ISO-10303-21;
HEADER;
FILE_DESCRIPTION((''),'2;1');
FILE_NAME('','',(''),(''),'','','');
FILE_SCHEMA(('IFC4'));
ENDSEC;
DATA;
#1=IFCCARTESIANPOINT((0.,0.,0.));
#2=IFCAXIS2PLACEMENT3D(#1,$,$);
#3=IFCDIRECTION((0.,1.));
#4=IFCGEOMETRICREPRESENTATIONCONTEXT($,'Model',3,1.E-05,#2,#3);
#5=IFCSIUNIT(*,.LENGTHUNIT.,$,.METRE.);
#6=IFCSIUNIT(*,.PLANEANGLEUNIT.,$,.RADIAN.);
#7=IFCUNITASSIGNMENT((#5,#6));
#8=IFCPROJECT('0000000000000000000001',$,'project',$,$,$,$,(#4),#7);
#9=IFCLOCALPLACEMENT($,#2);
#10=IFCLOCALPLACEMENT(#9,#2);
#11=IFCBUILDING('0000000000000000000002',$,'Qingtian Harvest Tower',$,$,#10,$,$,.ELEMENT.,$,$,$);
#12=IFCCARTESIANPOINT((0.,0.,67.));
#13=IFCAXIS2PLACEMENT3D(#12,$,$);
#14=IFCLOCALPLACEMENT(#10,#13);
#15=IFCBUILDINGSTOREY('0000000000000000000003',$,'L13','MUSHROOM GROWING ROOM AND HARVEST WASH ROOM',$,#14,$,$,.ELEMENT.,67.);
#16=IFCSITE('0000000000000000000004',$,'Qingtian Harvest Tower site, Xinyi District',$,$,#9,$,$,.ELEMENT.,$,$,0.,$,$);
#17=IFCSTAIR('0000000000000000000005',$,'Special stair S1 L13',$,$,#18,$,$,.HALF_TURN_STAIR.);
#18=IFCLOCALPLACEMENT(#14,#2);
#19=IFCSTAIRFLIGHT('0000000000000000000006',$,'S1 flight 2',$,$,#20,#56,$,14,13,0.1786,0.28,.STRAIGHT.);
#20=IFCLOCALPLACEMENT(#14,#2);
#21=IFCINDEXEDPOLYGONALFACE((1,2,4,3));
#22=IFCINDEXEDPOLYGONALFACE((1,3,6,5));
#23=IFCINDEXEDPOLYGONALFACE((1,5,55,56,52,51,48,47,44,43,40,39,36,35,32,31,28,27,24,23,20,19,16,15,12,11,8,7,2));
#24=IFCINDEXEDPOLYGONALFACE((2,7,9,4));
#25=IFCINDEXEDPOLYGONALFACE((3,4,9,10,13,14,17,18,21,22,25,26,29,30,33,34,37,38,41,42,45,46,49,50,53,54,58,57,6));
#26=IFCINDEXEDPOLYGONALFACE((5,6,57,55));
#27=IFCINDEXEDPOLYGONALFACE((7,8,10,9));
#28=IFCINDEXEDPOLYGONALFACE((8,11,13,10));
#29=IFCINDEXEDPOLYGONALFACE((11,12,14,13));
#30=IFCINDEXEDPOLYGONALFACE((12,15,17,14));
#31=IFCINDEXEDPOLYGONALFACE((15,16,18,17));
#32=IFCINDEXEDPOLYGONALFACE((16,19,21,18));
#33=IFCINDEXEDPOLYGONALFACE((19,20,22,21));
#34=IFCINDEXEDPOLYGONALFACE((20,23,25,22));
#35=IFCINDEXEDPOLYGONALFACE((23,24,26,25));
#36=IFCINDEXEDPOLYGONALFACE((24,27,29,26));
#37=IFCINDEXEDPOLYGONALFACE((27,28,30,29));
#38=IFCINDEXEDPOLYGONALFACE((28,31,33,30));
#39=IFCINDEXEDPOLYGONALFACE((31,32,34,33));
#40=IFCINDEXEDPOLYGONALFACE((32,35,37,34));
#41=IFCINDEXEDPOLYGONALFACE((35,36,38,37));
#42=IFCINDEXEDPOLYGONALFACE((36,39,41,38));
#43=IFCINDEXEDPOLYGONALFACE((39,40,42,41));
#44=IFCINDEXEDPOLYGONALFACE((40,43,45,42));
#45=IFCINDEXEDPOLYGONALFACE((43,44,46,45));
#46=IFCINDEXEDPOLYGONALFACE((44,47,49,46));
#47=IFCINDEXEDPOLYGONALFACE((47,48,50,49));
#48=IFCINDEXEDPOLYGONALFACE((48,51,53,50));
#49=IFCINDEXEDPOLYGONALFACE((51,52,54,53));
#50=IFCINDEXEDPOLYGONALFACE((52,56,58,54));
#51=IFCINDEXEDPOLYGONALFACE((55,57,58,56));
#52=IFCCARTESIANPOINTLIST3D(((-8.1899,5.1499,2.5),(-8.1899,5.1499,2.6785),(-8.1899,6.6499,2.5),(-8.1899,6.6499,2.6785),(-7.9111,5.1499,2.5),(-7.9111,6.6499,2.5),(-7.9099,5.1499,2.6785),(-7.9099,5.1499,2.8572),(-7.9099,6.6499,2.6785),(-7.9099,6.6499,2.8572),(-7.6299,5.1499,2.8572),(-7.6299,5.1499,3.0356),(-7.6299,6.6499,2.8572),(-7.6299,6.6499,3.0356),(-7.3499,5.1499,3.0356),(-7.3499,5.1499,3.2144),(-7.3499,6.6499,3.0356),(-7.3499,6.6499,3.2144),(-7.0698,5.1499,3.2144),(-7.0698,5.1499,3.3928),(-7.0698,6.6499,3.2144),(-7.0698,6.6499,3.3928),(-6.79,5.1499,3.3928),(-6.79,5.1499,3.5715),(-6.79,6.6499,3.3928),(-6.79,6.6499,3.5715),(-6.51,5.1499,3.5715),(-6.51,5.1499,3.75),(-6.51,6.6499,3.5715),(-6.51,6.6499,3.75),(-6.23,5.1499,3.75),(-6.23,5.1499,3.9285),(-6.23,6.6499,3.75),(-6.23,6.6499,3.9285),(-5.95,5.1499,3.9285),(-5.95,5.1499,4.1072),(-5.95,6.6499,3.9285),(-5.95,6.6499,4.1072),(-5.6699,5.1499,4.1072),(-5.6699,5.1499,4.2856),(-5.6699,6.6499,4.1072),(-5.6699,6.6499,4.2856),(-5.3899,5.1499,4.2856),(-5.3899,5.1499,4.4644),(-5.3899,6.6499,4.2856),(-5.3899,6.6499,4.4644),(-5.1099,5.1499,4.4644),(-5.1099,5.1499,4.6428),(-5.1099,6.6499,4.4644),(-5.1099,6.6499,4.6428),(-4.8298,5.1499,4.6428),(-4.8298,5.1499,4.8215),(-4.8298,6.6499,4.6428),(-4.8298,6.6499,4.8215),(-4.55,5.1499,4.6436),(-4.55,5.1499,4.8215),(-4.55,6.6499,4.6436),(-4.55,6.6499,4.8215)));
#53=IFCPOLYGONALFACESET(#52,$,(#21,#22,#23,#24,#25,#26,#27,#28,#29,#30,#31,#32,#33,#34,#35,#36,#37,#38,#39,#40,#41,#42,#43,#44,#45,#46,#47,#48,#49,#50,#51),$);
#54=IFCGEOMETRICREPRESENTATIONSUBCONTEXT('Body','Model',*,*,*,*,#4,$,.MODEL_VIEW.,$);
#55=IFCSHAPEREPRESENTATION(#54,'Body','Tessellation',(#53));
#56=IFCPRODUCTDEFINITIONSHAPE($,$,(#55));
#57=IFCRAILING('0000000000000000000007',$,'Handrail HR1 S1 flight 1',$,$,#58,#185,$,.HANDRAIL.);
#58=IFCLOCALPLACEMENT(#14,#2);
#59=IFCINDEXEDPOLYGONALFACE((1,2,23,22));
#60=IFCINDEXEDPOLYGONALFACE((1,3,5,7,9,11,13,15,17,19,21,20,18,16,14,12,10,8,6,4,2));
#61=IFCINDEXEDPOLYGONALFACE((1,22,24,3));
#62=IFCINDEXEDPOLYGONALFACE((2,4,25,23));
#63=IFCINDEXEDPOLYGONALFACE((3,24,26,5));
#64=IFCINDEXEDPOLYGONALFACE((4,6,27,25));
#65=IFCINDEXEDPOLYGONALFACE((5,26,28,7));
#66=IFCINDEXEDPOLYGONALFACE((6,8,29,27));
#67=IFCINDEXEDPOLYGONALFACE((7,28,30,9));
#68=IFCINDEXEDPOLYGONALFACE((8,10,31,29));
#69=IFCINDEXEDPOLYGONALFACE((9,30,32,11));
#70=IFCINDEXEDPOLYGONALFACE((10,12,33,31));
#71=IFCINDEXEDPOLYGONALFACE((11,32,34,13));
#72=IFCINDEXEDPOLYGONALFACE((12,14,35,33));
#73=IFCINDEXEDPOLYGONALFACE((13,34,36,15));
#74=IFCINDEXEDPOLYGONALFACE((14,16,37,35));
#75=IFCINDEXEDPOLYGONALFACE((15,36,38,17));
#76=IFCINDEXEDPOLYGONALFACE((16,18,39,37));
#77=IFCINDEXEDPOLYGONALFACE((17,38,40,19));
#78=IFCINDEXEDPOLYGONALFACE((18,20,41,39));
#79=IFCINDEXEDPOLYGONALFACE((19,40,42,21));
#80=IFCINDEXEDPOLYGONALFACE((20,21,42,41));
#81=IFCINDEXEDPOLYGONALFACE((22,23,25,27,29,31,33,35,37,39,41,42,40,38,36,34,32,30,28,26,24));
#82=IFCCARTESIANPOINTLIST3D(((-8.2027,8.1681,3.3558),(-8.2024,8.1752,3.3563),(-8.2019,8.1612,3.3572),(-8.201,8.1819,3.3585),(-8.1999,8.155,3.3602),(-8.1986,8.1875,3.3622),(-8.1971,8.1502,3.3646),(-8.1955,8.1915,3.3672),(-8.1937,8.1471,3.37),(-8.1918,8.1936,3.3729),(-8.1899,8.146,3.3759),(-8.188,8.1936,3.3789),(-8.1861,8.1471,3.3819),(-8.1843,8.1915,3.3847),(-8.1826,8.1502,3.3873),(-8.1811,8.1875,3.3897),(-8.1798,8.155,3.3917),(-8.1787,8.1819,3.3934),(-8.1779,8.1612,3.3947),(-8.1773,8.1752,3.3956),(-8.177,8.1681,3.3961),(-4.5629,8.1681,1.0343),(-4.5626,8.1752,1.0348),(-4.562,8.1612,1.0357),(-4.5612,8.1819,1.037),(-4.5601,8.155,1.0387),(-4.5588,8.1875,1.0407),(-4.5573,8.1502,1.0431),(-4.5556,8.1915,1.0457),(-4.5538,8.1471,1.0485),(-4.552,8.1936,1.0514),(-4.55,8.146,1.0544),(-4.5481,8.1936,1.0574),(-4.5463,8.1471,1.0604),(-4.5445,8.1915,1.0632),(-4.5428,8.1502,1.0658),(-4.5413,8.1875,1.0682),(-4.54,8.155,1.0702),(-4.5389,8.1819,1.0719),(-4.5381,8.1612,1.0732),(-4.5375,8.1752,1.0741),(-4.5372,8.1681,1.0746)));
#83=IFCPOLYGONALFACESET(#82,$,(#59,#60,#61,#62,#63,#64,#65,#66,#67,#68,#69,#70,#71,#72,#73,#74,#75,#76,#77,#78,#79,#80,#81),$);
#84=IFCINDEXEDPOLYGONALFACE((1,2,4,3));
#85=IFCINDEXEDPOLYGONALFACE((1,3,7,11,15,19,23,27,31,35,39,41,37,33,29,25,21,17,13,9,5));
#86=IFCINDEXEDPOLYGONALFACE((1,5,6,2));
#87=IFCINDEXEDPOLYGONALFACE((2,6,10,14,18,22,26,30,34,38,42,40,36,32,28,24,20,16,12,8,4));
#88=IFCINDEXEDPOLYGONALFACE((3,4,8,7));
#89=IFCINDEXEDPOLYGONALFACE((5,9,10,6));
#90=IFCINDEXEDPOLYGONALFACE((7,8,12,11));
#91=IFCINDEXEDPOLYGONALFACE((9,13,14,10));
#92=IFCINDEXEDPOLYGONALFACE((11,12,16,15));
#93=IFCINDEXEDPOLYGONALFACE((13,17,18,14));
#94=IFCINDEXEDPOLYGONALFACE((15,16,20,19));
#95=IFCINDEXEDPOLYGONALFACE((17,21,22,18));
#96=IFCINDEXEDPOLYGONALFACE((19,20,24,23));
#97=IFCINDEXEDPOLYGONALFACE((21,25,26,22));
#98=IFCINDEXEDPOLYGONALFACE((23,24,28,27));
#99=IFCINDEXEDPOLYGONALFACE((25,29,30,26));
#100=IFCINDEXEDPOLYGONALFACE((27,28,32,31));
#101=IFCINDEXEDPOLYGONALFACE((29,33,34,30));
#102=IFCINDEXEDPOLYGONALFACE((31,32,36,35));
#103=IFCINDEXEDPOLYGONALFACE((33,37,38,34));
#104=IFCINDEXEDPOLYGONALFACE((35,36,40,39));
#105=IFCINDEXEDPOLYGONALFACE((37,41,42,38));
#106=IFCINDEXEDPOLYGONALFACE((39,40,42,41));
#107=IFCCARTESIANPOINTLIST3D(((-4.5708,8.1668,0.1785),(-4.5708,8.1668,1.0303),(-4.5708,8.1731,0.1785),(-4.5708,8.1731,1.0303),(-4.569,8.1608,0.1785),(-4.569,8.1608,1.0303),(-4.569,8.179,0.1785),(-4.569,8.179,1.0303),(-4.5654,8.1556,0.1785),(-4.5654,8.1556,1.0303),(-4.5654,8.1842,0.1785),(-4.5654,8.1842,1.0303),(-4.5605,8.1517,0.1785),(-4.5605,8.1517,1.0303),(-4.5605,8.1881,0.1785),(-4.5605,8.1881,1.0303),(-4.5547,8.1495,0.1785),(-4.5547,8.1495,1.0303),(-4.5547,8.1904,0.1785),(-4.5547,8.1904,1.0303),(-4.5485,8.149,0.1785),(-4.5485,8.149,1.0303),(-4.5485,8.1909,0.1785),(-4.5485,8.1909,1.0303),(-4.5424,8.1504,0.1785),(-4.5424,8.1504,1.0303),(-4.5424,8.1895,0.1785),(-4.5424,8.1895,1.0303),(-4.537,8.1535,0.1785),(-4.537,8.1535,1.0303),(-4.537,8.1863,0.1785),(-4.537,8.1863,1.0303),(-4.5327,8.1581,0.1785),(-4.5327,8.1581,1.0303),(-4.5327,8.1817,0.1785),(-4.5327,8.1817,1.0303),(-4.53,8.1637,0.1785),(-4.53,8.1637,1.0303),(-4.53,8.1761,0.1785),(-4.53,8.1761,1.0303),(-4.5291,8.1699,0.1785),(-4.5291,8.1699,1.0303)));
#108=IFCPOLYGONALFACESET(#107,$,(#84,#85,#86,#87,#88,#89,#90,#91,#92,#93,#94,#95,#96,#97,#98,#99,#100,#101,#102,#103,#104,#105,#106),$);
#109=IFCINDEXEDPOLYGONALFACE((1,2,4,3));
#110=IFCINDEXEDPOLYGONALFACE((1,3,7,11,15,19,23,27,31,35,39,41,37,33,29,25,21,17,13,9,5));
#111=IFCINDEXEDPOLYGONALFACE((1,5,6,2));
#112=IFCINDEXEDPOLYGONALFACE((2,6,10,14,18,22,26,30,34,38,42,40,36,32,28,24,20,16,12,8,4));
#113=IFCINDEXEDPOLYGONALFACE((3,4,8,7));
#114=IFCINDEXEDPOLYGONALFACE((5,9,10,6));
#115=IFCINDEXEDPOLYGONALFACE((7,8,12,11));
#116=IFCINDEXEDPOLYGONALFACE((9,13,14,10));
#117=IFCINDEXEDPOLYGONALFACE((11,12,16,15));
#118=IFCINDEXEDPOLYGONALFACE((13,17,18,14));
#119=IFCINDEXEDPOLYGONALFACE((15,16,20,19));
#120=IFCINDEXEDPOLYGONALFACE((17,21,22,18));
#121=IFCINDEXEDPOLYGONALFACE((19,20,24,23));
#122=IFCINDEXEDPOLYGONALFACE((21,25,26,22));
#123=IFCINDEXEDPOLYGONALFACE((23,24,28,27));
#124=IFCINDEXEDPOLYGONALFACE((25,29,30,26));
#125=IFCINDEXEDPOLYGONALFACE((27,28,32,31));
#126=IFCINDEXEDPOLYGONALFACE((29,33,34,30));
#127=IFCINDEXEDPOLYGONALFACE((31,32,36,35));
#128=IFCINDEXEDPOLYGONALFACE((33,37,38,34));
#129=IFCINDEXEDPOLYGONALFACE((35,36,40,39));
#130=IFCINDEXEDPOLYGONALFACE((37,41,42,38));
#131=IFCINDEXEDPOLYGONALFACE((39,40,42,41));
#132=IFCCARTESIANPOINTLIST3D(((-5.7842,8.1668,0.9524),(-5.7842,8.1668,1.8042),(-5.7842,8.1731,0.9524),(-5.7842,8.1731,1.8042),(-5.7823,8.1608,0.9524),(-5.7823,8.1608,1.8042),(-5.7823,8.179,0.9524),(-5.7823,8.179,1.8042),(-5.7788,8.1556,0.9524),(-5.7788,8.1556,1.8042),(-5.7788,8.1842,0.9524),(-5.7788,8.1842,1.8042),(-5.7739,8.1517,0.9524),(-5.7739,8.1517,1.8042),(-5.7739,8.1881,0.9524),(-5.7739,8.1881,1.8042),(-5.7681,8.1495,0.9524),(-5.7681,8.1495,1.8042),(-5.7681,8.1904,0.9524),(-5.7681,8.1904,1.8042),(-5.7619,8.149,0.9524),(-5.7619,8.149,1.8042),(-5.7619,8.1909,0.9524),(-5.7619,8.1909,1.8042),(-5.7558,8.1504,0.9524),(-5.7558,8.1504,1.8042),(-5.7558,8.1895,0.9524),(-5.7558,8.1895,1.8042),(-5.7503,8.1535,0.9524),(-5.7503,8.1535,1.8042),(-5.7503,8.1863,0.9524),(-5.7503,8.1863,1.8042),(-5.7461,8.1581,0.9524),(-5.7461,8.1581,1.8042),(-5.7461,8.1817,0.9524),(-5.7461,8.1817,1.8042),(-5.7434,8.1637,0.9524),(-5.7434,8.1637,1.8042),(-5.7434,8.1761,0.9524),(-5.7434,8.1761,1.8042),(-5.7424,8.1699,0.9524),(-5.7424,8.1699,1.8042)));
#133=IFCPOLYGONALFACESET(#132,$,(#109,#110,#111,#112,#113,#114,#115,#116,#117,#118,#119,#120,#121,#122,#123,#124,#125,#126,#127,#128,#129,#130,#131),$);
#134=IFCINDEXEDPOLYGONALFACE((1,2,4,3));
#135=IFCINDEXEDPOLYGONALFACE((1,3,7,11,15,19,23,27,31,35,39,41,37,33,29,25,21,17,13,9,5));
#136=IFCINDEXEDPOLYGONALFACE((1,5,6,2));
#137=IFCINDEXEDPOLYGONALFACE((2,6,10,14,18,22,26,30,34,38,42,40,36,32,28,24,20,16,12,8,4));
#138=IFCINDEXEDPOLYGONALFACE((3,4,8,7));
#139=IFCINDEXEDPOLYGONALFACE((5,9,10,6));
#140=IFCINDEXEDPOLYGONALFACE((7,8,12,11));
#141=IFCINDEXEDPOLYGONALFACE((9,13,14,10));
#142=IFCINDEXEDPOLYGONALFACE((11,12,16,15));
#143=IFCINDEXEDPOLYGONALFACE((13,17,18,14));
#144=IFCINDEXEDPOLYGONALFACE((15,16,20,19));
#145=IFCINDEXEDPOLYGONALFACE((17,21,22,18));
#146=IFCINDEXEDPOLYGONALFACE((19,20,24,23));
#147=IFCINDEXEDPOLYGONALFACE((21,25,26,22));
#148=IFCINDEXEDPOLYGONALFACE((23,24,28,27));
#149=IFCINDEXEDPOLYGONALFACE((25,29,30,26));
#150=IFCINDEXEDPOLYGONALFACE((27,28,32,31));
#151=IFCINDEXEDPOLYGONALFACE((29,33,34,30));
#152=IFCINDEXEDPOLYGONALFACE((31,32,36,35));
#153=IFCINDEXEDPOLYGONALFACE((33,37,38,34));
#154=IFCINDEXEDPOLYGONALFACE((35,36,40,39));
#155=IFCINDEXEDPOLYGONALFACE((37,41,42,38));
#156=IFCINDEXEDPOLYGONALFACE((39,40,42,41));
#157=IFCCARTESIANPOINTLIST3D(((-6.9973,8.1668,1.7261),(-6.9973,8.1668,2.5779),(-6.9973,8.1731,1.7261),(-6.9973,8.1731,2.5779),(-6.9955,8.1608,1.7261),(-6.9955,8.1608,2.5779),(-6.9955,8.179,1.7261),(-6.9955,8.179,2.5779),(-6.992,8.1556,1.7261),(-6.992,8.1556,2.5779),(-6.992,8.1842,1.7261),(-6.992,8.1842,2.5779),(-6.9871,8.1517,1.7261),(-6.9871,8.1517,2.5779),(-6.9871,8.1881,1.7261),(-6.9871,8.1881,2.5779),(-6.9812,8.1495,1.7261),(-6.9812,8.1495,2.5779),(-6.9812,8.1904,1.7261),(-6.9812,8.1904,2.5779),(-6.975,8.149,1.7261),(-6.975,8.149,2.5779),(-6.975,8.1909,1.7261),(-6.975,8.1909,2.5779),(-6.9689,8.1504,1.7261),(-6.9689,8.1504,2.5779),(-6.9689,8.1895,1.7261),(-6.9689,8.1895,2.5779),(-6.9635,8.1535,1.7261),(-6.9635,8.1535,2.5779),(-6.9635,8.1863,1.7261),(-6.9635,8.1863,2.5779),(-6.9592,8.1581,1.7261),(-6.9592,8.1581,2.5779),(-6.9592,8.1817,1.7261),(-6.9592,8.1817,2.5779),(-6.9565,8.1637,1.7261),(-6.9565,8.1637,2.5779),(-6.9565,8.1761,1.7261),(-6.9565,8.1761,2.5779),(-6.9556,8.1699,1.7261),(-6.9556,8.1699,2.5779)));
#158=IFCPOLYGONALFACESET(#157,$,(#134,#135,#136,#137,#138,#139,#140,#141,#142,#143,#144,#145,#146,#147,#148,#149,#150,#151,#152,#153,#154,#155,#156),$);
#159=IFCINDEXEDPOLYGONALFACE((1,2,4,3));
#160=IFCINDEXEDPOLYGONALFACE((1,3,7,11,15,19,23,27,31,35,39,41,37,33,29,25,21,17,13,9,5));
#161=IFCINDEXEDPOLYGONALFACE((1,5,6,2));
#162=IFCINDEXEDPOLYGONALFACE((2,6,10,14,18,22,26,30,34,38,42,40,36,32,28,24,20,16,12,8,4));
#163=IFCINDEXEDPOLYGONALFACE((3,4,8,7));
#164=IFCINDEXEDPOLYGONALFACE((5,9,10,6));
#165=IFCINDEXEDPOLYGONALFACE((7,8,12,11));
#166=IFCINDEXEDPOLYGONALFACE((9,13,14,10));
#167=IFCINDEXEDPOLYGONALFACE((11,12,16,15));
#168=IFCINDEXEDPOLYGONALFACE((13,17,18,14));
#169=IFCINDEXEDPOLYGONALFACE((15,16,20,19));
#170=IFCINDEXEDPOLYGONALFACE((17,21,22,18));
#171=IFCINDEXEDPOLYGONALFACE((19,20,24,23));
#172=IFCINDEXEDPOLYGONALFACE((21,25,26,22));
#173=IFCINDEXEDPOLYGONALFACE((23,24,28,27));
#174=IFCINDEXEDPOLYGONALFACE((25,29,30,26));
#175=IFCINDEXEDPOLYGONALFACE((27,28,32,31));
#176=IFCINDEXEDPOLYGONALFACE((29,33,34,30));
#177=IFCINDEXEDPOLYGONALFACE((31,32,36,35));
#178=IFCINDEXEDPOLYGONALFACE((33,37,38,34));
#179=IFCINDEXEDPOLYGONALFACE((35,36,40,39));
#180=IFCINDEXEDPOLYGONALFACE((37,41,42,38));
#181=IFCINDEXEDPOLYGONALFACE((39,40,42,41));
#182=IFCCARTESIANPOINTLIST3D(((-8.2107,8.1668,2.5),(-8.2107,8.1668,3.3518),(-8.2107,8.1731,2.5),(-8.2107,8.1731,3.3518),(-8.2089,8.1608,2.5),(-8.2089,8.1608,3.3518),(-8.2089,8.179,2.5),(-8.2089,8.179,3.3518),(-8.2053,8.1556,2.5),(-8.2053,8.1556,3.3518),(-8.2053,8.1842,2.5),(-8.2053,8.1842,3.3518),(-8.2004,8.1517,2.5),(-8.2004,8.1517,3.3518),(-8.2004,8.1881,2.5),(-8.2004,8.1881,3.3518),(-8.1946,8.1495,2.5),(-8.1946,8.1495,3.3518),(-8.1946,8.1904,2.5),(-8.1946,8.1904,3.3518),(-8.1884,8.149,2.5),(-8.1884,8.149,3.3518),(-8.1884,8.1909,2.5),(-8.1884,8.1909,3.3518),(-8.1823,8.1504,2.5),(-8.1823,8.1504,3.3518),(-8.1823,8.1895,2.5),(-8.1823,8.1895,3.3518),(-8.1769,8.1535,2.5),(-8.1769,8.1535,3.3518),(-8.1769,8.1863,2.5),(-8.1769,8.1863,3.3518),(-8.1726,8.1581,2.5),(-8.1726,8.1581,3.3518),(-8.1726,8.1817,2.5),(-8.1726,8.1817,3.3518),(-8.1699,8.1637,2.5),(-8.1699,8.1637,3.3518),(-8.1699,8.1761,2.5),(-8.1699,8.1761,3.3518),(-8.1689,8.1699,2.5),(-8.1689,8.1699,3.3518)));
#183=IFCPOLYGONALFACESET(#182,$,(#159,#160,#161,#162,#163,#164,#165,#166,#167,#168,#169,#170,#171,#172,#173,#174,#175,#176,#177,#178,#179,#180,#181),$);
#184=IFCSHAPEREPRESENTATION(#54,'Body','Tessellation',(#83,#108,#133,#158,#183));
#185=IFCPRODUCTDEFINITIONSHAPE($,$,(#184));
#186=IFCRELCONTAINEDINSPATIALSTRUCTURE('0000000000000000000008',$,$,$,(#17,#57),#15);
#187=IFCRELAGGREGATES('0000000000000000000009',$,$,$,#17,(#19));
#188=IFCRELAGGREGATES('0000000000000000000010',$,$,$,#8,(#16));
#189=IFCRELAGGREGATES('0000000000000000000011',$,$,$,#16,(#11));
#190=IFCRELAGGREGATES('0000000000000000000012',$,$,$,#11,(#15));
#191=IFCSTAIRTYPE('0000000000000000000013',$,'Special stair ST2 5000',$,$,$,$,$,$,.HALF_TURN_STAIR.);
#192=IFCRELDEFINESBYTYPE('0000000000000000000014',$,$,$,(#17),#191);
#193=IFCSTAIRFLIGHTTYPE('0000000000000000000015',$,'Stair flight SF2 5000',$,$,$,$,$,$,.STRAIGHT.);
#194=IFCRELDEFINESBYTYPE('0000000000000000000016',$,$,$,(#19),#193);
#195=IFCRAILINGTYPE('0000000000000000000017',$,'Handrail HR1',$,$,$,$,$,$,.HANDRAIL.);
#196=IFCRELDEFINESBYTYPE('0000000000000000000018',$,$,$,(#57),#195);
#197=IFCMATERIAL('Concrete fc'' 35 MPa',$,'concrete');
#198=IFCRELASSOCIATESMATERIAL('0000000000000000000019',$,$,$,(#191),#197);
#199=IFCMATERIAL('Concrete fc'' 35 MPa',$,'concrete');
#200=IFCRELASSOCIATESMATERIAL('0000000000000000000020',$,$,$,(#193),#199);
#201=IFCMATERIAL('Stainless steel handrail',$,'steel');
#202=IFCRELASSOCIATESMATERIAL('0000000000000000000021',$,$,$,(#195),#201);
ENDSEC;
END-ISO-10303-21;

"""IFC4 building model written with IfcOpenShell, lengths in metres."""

from ifc_helpers import new_model, si_unit, direction, frame, origin, origin_2d, place, context, subcontext, project, spatial, polyline, circle, outline, extrude, material, type_object, element, aggregate, save


model = new_model("IFC4")

# Units and contexts
model_context = context("Model", 3, precision=1e-05, world=origin(), true_north=direction((0.0, 1.0)))
body_context = subcontext(model_context, "Body", "Model", "MODEL_VIEW")
ifc_project = project(units=[si_unit("LENGTHUNIT", "METRE"), si_unit("PLANEANGLEUNIT", "RADIAN")], contexts=[model_context])

# Site, building, storey
site_placement = place(None, origin())
site = spatial("IfcSite", under=ifc_project, at=site_placement, Name="Qingtian Harvest Tower site, Xinyi District", CompositionType="ELEMENT", RefElevation=0.0)
building_placement = place(site_placement, origin())
building = spatial("IfcBuilding", under=site, at=building_placement, Name="Qingtian Harvest Tower", CompositionType="ELEMENT")
storey_placement = place(building_placement, frame((0.0, 0.0, 67.0)))
storey = spatial("IfcBuildingStorey", under=building, at=storey_placement, Name="L13", Description="MUSHROOM GROWING ROOM AND HARVEST WASH ROOM", CompositionType="ELEMENT", Elevation=67.0)

# Stair, stair flight
ifc_material_1 = material(Name="Concrete fc' 35 MPa", Category="concrete")
stair_type = type_object("IfcStairType", Name="Special stair ST2 5000", PredefinedType="HALF_TURN_STAIR", material=ifc_material_1)
stair_placement = place(storey_placement, origin())
stair = element("IfcStair", 1, at=stair_placement, inside=storey, type_object=stair_type, Name="Special stair S1 L13", PredefinedType="HALF_TURN_STAIR")
ifc_material_2 = material(Name="Concrete fc' 35 MPa", Category="concrete")
stair_flight_type = type_object("IfcStairFlightType", Name="Stair flight SF2 5000", PredefinedType="STRAIGHT", material=ifc_material_2)
stair_flight_1_placement = place(storey_placement, frame((-8.1899, 5.8999, 2.5), z_axis=(0.0, 0.0, 1.0), x_axis=(1.0, 0.0, 0.0)))
stair_flight_1 = element("IfcStairFlight", 2, at=stair_flight_1_placement, type_object=stair_flight_type, Name="S1 flight 2", NumberOfRisers=14, NumberOfTreads=13, PredefinedType="STRAIGHT", RiserHeight=0.1786, TreadLength=0.28, context=body_context, shape_type="SweptSolid", body=[
    extrude(outline(polyline([(0.0, 0.0), (0.0, 0.1785), (0.28, 0.1785), (0.28, 0.3572), (0.5601, 0.3572), (0.5601, 0.5356), (0.8401, 0.5356), (0.8401, 0.7144), (1.1201, 0.7144), (1.1201, 0.8928), (1.3999, 0.8928), (1.3999, 1.0715), (1.6799, 1.0715), (1.6799, 1.25), (1.96, 1.25), (1.96, 1.4285), (2.24, 1.4285), (2.24, 1.6072), (2.52, 1.6072), (2.52, 1.7856), (2.8, 1.7856), (2.8, 1.9644), (3.0801, 1.9644), (3.0801, 2.1428), (3.3601, 2.1428), (3.3601, 2.3215), (3.6399, 2.3215), (3.6399, 2.5), (3.6399, 2.1436), (0.2788, 0.0), (0.0, 0.0)])), frame((0.0, 0.75, 0.0), z_axis=(0.0, -1.0, 0.0), x_axis=(1.0, 0.0, 0.0)), (0.0, 0.0, 1.0), 1.5),
])
aggregate(stair, [stair_flight_1])

# Railing
ifc_material_3 = material(Name="Stainless steel handrail", Category="steel")
railing_type = type_object("IfcRailingType", Name="Handrail HR1", PredefinedType="HANDRAIL", material=ifc_material_3)
railing_1_placement = place(storey_placement, frame((-4.55, 8.1699, 0.1785)))
element("IfcRailing", 3, at=railing_1_placement, inside=storey, type_object=railing_type, Name="Handrail HR1 S1 flight 1", PredefinedType="HANDRAIL", context=body_context, shape_type="SweptSolid", body=[
    extrude(circle(Radius=0.0239, at=origin_2d()), frame((0.0, 0.0, 0.876), z_axis=(-0.843112, 0.0, 0.537739), x_axis=(0.0, -1.0, 0.0)), (0.0, 0.0, 1.0), 4.3171),
    extrude(circle(Radius=0.021, at=origin_2d()), origin(), (0.0, 0.0, 1.0), 0.8518),
    extrude(circle(Radius=0.021, at=origin_2d()), frame((-1.2134, 0.0, 0.7739)), (0.0, 0.0, 1.0), 0.8518),
    extrude(circle(Radius=0.021, at=origin_2d()), frame((-2.4265, 0.0, 1.5476)), (0.0, 0.0, 1.0), 0.8518),
    extrude(circle(Radius=0.021, at=origin_2d()), frame((-3.6399, 0.0, 2.3215)), (0.0, 0.0, 1.0), 0.8518),
])

save(model, "model.ifc")
